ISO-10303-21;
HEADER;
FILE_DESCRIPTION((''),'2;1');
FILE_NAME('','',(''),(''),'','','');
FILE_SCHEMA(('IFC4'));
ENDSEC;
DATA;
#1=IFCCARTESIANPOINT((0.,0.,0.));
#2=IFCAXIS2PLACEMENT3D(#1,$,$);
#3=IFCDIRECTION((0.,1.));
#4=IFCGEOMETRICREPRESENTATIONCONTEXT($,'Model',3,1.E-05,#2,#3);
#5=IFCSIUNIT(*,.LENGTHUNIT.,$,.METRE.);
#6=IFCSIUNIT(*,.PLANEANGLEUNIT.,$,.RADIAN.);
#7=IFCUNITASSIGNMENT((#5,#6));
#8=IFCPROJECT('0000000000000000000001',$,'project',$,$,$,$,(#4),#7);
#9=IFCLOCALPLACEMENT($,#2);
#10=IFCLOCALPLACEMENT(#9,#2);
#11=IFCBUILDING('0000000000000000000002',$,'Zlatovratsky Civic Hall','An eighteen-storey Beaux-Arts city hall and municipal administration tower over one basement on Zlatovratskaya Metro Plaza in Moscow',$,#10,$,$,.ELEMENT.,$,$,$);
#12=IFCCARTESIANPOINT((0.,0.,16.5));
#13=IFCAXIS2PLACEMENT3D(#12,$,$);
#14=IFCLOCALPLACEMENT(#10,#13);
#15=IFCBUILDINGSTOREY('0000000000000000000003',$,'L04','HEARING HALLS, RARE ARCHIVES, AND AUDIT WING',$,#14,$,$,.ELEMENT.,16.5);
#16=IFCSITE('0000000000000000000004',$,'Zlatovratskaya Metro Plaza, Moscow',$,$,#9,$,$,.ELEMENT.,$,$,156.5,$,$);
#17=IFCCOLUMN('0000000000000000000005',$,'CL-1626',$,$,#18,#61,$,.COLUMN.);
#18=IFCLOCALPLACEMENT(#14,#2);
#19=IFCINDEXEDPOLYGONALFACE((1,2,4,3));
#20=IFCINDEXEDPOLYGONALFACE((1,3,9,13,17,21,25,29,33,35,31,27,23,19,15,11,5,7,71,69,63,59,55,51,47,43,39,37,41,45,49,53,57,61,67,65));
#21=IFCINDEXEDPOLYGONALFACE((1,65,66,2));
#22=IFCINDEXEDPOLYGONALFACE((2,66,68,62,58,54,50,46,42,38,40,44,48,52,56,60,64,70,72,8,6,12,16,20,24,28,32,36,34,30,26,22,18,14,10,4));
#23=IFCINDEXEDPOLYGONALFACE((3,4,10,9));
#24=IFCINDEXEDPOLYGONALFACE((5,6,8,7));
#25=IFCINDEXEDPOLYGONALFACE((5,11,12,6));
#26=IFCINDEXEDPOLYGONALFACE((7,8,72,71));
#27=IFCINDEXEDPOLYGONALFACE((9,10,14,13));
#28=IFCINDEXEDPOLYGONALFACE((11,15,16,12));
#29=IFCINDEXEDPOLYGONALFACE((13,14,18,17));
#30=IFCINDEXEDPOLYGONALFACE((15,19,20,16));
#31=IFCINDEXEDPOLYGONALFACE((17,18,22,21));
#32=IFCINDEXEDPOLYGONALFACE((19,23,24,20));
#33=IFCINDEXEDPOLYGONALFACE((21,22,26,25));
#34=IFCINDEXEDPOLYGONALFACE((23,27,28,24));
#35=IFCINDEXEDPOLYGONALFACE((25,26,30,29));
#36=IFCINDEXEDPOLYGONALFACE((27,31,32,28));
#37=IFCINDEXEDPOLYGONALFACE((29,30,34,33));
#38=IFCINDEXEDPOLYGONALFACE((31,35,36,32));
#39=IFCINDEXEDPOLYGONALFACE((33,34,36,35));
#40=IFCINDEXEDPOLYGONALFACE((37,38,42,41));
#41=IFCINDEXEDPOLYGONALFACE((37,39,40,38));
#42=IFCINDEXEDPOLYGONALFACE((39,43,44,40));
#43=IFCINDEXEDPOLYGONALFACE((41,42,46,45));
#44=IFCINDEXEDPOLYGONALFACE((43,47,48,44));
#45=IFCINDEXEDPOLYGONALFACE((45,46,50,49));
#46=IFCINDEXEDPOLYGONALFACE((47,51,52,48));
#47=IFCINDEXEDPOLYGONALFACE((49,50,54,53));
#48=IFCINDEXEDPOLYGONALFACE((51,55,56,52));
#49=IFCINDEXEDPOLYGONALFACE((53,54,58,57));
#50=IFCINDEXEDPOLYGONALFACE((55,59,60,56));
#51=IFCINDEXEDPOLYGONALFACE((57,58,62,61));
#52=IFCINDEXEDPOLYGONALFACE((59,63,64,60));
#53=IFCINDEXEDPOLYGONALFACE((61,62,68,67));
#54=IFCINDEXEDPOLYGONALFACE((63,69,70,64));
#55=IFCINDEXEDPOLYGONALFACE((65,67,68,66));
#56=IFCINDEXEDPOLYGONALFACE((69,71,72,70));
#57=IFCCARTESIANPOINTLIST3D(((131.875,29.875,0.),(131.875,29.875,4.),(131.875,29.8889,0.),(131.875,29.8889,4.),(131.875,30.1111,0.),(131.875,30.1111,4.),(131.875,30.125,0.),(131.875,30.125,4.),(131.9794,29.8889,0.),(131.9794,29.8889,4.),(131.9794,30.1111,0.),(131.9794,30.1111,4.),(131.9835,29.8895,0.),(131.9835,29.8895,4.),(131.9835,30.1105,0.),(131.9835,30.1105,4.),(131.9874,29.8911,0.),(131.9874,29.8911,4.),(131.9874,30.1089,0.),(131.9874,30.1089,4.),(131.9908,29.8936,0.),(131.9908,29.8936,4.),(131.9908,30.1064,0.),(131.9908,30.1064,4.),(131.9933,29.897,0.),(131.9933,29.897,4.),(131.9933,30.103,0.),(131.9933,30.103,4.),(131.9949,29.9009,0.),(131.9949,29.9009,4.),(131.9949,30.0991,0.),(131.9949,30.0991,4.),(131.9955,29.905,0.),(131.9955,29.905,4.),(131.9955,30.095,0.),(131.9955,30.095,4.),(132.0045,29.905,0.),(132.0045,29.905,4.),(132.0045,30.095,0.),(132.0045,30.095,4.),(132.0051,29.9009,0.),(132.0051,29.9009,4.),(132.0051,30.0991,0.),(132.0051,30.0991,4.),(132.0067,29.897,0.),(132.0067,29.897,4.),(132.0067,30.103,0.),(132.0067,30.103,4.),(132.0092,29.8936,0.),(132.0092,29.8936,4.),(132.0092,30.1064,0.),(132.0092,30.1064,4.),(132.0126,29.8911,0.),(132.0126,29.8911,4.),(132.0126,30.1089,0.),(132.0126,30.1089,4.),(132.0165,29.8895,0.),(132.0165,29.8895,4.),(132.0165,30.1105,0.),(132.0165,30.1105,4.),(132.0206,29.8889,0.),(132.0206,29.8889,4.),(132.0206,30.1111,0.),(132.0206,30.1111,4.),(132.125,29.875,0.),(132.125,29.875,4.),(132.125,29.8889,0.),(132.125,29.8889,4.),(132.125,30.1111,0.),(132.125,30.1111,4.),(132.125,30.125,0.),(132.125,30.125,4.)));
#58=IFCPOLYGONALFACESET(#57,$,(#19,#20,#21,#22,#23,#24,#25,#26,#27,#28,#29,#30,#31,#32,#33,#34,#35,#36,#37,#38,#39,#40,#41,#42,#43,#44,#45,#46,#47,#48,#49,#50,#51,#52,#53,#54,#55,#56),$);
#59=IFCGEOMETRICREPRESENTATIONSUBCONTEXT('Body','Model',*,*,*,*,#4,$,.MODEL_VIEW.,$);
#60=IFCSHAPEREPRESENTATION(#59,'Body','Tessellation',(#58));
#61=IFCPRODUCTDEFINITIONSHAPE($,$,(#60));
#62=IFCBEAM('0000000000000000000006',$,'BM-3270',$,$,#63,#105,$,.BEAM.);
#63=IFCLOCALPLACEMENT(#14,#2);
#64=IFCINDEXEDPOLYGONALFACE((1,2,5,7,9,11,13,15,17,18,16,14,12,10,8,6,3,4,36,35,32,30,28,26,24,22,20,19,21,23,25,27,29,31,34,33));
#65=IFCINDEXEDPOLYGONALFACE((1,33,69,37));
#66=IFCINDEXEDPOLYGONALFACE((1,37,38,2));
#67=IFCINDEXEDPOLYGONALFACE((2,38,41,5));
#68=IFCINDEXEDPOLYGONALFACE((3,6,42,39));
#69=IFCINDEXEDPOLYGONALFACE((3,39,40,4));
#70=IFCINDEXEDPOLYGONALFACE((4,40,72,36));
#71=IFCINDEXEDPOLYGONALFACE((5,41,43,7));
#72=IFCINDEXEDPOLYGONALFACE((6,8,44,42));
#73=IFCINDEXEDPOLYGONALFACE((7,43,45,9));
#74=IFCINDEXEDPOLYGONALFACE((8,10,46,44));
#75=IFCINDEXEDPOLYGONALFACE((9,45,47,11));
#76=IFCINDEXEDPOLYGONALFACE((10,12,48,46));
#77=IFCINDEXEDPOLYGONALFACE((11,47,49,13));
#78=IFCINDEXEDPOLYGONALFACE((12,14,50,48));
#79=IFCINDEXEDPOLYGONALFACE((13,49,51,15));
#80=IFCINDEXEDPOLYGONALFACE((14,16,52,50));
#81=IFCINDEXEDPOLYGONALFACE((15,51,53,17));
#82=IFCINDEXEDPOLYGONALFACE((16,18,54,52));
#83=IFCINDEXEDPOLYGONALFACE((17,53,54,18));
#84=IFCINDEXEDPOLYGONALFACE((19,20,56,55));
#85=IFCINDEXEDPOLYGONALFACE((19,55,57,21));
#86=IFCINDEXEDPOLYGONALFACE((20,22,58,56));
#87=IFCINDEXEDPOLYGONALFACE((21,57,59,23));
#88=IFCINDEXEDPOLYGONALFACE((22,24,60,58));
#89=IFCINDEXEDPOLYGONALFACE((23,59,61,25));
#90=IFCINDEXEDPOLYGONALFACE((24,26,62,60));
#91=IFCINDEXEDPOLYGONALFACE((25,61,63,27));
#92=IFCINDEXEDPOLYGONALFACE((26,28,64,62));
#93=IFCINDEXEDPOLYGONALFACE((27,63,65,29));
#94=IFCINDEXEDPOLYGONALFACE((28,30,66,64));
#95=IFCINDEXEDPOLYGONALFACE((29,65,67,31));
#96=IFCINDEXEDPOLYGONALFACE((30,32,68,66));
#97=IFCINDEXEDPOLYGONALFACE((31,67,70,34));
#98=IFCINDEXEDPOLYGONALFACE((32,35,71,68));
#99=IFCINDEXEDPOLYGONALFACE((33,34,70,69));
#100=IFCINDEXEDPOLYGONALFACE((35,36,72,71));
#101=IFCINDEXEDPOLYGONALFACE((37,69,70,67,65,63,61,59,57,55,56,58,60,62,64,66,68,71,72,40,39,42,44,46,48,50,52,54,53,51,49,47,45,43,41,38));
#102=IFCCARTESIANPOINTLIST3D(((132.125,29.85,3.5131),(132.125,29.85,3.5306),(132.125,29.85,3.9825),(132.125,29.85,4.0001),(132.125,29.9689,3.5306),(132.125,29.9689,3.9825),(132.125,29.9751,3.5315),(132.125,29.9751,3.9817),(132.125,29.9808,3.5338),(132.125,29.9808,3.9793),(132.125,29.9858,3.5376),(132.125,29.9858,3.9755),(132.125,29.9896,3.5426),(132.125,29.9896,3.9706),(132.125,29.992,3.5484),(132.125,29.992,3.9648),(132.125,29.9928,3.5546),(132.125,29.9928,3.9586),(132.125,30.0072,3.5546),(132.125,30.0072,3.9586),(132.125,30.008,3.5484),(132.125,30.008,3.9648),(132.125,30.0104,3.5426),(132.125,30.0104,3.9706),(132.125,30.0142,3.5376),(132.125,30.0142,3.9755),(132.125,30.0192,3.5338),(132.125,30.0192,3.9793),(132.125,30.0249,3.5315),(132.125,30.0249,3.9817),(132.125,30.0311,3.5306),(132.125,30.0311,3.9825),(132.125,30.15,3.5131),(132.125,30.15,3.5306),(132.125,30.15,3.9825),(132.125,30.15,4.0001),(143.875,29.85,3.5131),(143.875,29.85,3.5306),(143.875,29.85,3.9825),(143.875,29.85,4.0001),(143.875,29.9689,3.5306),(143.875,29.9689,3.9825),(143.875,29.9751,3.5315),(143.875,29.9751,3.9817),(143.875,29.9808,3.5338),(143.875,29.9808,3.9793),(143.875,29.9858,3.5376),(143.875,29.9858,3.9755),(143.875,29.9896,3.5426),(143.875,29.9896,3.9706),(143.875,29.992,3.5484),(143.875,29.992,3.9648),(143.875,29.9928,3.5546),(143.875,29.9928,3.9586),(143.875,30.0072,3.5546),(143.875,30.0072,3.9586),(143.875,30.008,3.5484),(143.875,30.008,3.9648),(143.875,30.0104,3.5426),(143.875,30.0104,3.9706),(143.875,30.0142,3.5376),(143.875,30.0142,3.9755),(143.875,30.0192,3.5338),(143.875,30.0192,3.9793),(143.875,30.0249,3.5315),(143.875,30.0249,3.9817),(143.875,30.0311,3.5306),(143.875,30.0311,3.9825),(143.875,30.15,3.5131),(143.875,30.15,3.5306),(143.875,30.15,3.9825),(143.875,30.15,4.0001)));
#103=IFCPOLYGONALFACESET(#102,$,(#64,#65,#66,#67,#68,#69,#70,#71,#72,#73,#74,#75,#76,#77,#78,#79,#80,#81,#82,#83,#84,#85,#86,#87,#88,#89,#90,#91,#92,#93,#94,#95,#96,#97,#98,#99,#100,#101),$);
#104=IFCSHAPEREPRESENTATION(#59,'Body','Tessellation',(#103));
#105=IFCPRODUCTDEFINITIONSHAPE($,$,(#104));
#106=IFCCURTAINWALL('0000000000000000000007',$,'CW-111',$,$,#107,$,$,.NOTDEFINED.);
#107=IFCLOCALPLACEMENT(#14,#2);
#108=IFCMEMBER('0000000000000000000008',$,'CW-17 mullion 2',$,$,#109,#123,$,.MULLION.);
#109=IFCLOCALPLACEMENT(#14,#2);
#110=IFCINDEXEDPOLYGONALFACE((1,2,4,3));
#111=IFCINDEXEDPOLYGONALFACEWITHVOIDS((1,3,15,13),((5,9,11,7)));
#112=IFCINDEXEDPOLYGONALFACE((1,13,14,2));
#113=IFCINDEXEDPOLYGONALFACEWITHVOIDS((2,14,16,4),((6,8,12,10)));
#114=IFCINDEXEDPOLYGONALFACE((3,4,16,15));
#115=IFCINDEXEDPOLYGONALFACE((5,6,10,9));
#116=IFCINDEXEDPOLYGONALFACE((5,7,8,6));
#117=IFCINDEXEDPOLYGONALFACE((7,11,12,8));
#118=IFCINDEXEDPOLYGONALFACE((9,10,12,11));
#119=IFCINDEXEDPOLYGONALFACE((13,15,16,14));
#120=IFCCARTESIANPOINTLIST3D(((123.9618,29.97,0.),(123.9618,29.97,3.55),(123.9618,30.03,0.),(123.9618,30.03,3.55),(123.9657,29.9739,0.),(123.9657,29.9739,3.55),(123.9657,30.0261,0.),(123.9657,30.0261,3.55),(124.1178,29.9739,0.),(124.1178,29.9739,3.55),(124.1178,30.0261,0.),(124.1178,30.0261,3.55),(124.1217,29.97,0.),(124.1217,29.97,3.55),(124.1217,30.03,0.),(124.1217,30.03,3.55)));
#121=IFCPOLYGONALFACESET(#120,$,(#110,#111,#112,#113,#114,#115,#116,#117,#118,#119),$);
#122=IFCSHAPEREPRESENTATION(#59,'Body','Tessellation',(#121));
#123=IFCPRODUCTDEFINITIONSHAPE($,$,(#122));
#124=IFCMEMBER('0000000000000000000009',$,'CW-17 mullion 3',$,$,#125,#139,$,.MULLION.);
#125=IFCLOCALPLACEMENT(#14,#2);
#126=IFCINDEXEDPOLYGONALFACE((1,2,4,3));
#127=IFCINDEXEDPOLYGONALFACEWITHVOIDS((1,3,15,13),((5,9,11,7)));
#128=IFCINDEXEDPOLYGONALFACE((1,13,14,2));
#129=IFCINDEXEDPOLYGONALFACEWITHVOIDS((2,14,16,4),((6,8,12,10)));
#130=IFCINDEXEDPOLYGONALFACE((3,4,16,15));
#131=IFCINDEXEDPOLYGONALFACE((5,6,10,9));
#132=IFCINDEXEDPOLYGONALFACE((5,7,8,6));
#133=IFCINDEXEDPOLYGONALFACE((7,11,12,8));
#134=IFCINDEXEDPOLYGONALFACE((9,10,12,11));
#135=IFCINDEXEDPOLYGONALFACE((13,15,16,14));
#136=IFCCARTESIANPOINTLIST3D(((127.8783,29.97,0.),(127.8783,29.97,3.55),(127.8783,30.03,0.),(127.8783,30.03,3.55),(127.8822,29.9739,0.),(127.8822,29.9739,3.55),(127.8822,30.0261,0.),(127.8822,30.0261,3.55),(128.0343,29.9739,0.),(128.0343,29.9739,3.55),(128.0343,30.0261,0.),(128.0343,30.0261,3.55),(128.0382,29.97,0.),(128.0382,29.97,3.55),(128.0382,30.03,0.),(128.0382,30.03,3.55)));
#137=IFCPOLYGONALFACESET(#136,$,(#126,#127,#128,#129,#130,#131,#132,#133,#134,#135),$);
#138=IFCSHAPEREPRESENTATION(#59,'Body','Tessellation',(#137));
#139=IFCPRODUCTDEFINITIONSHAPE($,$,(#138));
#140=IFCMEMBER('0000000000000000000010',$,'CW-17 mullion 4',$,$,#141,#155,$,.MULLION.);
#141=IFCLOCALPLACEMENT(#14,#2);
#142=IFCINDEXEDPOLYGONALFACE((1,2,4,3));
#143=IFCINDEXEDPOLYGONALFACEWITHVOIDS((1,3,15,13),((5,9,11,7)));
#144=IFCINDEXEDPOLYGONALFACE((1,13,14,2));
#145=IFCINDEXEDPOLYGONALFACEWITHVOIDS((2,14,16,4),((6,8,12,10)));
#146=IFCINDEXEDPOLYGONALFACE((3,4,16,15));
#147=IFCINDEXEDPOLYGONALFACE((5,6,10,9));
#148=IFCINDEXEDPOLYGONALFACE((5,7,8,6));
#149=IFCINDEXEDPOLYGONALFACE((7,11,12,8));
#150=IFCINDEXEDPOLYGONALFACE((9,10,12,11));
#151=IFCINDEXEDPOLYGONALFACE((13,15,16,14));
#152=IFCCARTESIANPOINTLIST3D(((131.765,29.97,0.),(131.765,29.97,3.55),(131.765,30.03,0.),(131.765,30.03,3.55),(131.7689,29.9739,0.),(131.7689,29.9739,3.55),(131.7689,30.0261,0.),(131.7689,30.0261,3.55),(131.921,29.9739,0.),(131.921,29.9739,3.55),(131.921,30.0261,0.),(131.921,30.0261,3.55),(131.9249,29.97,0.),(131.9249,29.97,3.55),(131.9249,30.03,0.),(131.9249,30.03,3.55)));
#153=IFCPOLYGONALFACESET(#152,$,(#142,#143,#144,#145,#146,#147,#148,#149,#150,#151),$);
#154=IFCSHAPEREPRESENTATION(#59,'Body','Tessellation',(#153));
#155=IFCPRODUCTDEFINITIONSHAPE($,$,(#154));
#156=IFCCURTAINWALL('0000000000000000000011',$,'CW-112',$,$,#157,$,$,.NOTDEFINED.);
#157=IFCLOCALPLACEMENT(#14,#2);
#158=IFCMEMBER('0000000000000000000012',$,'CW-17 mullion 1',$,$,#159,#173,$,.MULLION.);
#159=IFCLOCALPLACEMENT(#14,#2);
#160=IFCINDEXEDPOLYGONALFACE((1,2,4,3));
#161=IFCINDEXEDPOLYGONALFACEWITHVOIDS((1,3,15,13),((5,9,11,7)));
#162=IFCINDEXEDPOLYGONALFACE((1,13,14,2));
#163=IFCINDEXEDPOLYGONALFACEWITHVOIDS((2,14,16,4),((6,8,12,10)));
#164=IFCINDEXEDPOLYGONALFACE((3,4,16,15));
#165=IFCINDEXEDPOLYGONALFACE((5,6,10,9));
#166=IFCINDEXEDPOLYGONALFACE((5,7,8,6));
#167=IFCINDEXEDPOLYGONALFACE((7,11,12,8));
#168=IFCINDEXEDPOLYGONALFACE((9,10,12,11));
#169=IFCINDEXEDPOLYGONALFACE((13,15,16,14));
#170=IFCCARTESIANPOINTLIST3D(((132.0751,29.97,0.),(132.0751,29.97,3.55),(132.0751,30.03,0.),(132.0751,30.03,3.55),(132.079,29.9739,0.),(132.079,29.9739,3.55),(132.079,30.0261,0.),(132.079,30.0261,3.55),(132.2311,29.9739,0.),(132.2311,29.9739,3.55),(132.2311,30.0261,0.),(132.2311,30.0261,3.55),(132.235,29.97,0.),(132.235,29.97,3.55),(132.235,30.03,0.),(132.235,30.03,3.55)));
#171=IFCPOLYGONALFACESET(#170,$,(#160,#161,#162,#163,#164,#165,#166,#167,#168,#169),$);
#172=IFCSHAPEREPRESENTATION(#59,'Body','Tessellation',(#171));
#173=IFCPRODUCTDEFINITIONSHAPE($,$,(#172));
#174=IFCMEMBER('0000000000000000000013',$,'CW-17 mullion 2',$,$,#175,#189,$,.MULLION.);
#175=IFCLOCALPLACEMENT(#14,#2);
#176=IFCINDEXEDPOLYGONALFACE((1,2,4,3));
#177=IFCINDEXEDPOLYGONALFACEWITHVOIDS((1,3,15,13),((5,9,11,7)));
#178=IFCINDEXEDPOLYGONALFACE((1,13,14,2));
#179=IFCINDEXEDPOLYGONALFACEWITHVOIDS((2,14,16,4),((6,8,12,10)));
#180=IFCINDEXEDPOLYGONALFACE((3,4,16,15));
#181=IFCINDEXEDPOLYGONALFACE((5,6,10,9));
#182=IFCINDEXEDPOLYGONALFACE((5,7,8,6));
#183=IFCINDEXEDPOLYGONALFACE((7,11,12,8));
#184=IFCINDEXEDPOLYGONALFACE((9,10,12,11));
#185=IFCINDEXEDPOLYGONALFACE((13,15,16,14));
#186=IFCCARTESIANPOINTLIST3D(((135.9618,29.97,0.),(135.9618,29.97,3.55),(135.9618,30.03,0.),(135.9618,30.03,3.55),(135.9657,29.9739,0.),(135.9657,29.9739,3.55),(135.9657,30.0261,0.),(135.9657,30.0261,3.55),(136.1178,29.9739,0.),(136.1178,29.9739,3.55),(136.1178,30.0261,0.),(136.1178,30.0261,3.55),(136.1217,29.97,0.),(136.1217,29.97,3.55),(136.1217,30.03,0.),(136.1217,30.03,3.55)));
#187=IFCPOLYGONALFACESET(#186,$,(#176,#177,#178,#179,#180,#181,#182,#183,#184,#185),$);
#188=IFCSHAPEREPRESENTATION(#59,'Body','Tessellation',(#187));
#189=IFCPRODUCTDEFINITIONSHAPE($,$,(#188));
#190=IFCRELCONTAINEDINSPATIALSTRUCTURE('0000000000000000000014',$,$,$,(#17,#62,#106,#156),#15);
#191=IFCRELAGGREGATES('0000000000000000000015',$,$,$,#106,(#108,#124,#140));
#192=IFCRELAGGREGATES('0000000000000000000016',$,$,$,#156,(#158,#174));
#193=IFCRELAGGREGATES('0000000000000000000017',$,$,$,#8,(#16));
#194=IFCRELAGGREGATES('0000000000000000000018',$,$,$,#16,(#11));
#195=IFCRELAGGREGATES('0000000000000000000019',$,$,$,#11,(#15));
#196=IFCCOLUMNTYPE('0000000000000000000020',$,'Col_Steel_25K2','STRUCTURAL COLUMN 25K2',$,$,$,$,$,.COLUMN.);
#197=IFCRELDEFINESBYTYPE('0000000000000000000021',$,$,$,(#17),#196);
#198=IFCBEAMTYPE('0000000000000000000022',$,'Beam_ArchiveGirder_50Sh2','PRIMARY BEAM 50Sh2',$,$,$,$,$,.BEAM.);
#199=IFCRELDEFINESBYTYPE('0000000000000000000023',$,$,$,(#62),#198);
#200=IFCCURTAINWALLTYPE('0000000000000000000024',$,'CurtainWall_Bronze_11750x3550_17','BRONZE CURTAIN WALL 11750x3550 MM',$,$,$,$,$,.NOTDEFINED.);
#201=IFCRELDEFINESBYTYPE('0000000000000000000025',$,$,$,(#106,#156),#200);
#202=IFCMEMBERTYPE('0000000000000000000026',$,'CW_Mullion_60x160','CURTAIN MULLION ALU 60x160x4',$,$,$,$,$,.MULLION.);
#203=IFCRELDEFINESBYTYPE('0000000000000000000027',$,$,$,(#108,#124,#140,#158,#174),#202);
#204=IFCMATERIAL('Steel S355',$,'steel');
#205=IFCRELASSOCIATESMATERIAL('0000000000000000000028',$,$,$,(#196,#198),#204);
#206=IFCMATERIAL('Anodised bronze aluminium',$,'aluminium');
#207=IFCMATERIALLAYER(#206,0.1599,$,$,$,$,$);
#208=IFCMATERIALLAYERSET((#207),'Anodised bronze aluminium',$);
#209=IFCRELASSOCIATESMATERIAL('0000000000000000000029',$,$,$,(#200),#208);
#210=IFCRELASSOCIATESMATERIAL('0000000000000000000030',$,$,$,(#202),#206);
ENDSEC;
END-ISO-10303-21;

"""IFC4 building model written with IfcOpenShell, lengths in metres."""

from ifc_helpers import new_model, si_unit, direction, frame, origin, origin_2d, place, context, subcontext, project, spatial, hollow_rectangle, i_section, extrude, material, layer, layer_set, material_profile, profile_set, type_object, element, aggregate, save


model = new_model("IFC4")

# Units and contexts
model_context = context("Model", 3, precision=1e-05, world=origin(), true_north=direction((0.0, 1.0)))
body_context = subcontext(model_context, "Body", "Model", "MODEL_VIEW")
ifc_project = project(units=[si_unit("LENGTHUNIT", "METRE"), si_unit("PLANEANGLEUNIT", "RADIAN")], contexts=[model_context])

# Site, building, storey
site_placement = place(None, origin())
site = spatial("IfcSite", under=ifc_project, at=site_placement, Name="Zlatovratskaya Metro Plaza, Moscow", CompositionType="ELEMENT", RefElevation=156.5)
building_placement = place(site_placement, origin())
building = spatial("IfcBuilding", under=site, at=building_placement, Name="Zlatovratsky Civic Hall", Description="An eighteen-storey Beaux-Arts city hall and municipal administration tower over one basement on Zlatovratskaya Metro Plaza in Moscow", CompositionType="ELEMENT")
storey_placement = place(building_placement, frame((0.0, 0.0, 16.5)))
storey = spatial("IfcBuildingStorey", under=building, at=storey_placement, Name="L04", Description="HEARING HALLS, RARE ARCHIVES, AND AUDIT WING", CompositionType="ELEMENT", Elevation=16.5)

# Column
ifc_material_1 = material(Name="Steel S355", Category="steel")
ifc_material_profile_1 = material_profile(ifc_material_1, i_section(OverallWidth=0.25, OverallDepth=0.25, WebThickness=0.009, FlangeThickness=0.0139, FilletRadius=0.0161, at=origin_2d()), Name="25K2")
ifc_profile_set_1 = profile_set([ifc_material_profile_1], Name="Steel S355")
column_type = type_object("IfcColumnType", Name="Col_Steel_25K2", Description="STRUCTURAL COLUMN 25K2", PredefinedType="COLUMN", material=ifc_profile_set_1)
column_placement = place(storey_placement, frame((132.0, 30.0, 0.0), z_axis=(0.0, 0.0, 1.0), x_axis=(1.0, 0.0, 0.0)))
element("IfcColumn", 1, at=column_placement, inside=storey, type_object=column_type, Name="CL-1626", PredefinedType="COLUMN", context=body_context, shape_type="SweptSolid", body=[
    extrude(i_section(OverallWidth=0.25, OverallDepth=0.25, WebThickness=0.009, FlangeThickness=0.0139, FilletRadius=0.0161, at=origin_2d()), origin(), (0.0, 0.0, 1.0), 4.0),
])

# Beam
ifc_material_profile_2 = material_profile(ifc_material_1, i_section(OverallWidth=0.3, OverallDepth=0.4871, WebThickness=0.0144, FlangeThickness=0.0176, FilletRadius=0.0239, at=origin_2d()), Name="50Sh2")
ifc_profile_set_2 = profile_set([ifc_material_profile_2], Name="Steel S355")
beam_type = type_object("IfcBeamType", Name="Beam_ArchiveGirder_50Sh2", Description="PRIMARY BEAM 50Sh2", PredefinedType="BEAM", material=ifc_profile_set_2)
beam_placement = place(storey_placement, frame((132.125, 30.0, 3.7566), z_axis=(1.0, 0.0, 0.0), x_axis=(0.0, 1.0, 0.0)))
element("IfcBeam", 2, at=beam_placement, inside=storey, type_object=beam_type, Name="BM-3270", PredefinedType="BEAM", context=body_context, shape_type="SweptSolid", body=[
    extrude(i_section(OverallWidth=0.3, OverallDepth=0.4871, WebThickness=0.0144, FlangeThickness=0.0176, FilletRadius=0.0239, at=origin_2d()), origin(), (0.0, 0.0, 1.0), 11.75),
])

# Curtain walls, members
ifc_material_2 = material(Name="Anodised bronze aluminium", Category="aluminium")
ifc_layer_1 = layer(ifc_material_2, 0.1599)
ifc_layer_set_1 = layer_set([ifc_layer_1], Name="Anodised bronze aluminium")
curtain_wall_type = type_object("IfcCurtainWallType", Name="CurtainWall_Bronze_11750x3550_17", Description="BRONZE CURTAIN WALL 11750x3550 MM", PredefinedType="NOTDEFINED", material=ifc_layer_set_1)
curtain_wall_1_placement = place(storey_placement, origin())
curtain_wall_1 = element("IfcCurtainWall", 3, at=curtain_wall_1_placement, inside=storey, type_object=curtain_wall_type, Name="CW-111", PredefinedType="NOTDEFINED")
ifc_material_profile_3 = material_profile(ifc_material_2, hollow_rectangle(XDim=0.0601, YDim=0.1599, WallThickness=0.0039, at=origin_2d()), Name="ALU 60x160x4")
ifc_profile_set_3 = profile_set([ifc_material_profile_3], Name="Anodised bronze aluminium")
member_type_1 = type_object("IfcMemberType", Name="CW_Mullion_60x160", Description="CURTAIN MULLION ALU 60x160x4", PredefinedType="MULLION", material=ifc_profile_set_3)
member_1_placement = place(storey_placement, frame((124.0417, 30.0, 0.0), z_axis=(0.0, 0.0, 1.0), x_axis=(0.0, 1.0, 0.0)))
member_1 = element("IfcMember", 4, at=member_1_placement, type_object=member_type_1, Name="CW-17 mullion 2", PredefinedType="MULLION", context=body_context, shape_type="SweptSolid", body=[
    extrude(hollow_rectangle(XDim=0.0601, YDim=0.1599, WallThickness=0.0039, at=origin_2d()), origin(), (0.0, 0.0, 1.0), 3.55),
])
member_2_placement = place(storey_placement, frame((127.9583, 30.0, 0.0), z_axis=(0.0, 0.0, 1.0), x_axis=(0.0, 1.0, 0.0)))
member_2 = element("IfcMember", 5, at=member_2_placement, type_object=member_type_1, Name="CW-17 mullion 3", PredefinedType="MULLION", context=body_context, shape_type="SweptSolid", body=[
    extrude(hollow_rectangle(XDim=0.0601, YDim=0.1599, WallThickness=0.0039, at=origin_2d()), origin(), (0.0, 0.0, 1.0), 3.55),
])
member_3_placement = place(storey_placement, frame((131.845, 30.0, 0.0), z_axis=(0.0, 0.0, 1.0), x_axis=(0.0, 1.0, 0.0)))
member_3 = element("IfcMember", 6, at=member_3_placement, type_object=member_type_1, Name="CW-17 mullion 4", PredefinedType="MULLION", context=body_context, shape_type="SweptSolid", body=[
    extrude(hollow_rectangle(XDim=0.0601, YDim=0.1599, WallThickness=0.0039, at=origin_2d()), origin(), (0.0, 0.0, 1.0), 3.55),
])
curtain_wall_2_placement = place(storey_placement, origin())
curtain_wall_2 = element("IfcCurtainWall", 7, at=curtain_wall_2_placement, inside=storey, type_object=curtain_wall_type, Name="CW-112", PredefinedType="NOTDEFINED")
member_4_placement = place(storey_placement, frame((132.155, 30.0, 0.0), z_axis=(0.0, 0.0, 1.0), x_axis=(0.0, 1.0, 0.0)))
member_4 = element("IfcMember", 8, at=member_4_placement, type_object=member_type_1, Name="CW-17 mullion 1", PredefinedType="MULLION", context=body_context, shape_type="SweptSolid", body=[
    extrude(hollow_rectangle(XDim=0.0601, YDim=0.1599, WallThickness=0.0039, at=origin_2d()), origin(), (0.0, 0.0, 1.0), 3.55),
])
member_5_placement = place(storey_placement, frame((136.0417, 30.0, 0.0), z_axis=(0.0, 0.0, 1.0), x_axis=(0.0, 1.0, 0.0)))
member_5 = element("IfcMember", 9, at=member_5_placement, type_object=member_type_1, Name="CW-17 mullion 2", PredefinedType="MULLION", context=body_context, shape_type="SweptSolid", body=[
    extrude(hollow_rectangle(XDim=0.0601, YDim=0.1599, WallThickness=0.0039, at=origin_2d()), origin(), (0.0, 0.0, 1.0), 3.55),
])

aggregate(curtain_wall_1, [member_1, member_2, member_3])
aggregate(curtain_wall_2, [member_4, member_5])

save(model, "model.ifc")
